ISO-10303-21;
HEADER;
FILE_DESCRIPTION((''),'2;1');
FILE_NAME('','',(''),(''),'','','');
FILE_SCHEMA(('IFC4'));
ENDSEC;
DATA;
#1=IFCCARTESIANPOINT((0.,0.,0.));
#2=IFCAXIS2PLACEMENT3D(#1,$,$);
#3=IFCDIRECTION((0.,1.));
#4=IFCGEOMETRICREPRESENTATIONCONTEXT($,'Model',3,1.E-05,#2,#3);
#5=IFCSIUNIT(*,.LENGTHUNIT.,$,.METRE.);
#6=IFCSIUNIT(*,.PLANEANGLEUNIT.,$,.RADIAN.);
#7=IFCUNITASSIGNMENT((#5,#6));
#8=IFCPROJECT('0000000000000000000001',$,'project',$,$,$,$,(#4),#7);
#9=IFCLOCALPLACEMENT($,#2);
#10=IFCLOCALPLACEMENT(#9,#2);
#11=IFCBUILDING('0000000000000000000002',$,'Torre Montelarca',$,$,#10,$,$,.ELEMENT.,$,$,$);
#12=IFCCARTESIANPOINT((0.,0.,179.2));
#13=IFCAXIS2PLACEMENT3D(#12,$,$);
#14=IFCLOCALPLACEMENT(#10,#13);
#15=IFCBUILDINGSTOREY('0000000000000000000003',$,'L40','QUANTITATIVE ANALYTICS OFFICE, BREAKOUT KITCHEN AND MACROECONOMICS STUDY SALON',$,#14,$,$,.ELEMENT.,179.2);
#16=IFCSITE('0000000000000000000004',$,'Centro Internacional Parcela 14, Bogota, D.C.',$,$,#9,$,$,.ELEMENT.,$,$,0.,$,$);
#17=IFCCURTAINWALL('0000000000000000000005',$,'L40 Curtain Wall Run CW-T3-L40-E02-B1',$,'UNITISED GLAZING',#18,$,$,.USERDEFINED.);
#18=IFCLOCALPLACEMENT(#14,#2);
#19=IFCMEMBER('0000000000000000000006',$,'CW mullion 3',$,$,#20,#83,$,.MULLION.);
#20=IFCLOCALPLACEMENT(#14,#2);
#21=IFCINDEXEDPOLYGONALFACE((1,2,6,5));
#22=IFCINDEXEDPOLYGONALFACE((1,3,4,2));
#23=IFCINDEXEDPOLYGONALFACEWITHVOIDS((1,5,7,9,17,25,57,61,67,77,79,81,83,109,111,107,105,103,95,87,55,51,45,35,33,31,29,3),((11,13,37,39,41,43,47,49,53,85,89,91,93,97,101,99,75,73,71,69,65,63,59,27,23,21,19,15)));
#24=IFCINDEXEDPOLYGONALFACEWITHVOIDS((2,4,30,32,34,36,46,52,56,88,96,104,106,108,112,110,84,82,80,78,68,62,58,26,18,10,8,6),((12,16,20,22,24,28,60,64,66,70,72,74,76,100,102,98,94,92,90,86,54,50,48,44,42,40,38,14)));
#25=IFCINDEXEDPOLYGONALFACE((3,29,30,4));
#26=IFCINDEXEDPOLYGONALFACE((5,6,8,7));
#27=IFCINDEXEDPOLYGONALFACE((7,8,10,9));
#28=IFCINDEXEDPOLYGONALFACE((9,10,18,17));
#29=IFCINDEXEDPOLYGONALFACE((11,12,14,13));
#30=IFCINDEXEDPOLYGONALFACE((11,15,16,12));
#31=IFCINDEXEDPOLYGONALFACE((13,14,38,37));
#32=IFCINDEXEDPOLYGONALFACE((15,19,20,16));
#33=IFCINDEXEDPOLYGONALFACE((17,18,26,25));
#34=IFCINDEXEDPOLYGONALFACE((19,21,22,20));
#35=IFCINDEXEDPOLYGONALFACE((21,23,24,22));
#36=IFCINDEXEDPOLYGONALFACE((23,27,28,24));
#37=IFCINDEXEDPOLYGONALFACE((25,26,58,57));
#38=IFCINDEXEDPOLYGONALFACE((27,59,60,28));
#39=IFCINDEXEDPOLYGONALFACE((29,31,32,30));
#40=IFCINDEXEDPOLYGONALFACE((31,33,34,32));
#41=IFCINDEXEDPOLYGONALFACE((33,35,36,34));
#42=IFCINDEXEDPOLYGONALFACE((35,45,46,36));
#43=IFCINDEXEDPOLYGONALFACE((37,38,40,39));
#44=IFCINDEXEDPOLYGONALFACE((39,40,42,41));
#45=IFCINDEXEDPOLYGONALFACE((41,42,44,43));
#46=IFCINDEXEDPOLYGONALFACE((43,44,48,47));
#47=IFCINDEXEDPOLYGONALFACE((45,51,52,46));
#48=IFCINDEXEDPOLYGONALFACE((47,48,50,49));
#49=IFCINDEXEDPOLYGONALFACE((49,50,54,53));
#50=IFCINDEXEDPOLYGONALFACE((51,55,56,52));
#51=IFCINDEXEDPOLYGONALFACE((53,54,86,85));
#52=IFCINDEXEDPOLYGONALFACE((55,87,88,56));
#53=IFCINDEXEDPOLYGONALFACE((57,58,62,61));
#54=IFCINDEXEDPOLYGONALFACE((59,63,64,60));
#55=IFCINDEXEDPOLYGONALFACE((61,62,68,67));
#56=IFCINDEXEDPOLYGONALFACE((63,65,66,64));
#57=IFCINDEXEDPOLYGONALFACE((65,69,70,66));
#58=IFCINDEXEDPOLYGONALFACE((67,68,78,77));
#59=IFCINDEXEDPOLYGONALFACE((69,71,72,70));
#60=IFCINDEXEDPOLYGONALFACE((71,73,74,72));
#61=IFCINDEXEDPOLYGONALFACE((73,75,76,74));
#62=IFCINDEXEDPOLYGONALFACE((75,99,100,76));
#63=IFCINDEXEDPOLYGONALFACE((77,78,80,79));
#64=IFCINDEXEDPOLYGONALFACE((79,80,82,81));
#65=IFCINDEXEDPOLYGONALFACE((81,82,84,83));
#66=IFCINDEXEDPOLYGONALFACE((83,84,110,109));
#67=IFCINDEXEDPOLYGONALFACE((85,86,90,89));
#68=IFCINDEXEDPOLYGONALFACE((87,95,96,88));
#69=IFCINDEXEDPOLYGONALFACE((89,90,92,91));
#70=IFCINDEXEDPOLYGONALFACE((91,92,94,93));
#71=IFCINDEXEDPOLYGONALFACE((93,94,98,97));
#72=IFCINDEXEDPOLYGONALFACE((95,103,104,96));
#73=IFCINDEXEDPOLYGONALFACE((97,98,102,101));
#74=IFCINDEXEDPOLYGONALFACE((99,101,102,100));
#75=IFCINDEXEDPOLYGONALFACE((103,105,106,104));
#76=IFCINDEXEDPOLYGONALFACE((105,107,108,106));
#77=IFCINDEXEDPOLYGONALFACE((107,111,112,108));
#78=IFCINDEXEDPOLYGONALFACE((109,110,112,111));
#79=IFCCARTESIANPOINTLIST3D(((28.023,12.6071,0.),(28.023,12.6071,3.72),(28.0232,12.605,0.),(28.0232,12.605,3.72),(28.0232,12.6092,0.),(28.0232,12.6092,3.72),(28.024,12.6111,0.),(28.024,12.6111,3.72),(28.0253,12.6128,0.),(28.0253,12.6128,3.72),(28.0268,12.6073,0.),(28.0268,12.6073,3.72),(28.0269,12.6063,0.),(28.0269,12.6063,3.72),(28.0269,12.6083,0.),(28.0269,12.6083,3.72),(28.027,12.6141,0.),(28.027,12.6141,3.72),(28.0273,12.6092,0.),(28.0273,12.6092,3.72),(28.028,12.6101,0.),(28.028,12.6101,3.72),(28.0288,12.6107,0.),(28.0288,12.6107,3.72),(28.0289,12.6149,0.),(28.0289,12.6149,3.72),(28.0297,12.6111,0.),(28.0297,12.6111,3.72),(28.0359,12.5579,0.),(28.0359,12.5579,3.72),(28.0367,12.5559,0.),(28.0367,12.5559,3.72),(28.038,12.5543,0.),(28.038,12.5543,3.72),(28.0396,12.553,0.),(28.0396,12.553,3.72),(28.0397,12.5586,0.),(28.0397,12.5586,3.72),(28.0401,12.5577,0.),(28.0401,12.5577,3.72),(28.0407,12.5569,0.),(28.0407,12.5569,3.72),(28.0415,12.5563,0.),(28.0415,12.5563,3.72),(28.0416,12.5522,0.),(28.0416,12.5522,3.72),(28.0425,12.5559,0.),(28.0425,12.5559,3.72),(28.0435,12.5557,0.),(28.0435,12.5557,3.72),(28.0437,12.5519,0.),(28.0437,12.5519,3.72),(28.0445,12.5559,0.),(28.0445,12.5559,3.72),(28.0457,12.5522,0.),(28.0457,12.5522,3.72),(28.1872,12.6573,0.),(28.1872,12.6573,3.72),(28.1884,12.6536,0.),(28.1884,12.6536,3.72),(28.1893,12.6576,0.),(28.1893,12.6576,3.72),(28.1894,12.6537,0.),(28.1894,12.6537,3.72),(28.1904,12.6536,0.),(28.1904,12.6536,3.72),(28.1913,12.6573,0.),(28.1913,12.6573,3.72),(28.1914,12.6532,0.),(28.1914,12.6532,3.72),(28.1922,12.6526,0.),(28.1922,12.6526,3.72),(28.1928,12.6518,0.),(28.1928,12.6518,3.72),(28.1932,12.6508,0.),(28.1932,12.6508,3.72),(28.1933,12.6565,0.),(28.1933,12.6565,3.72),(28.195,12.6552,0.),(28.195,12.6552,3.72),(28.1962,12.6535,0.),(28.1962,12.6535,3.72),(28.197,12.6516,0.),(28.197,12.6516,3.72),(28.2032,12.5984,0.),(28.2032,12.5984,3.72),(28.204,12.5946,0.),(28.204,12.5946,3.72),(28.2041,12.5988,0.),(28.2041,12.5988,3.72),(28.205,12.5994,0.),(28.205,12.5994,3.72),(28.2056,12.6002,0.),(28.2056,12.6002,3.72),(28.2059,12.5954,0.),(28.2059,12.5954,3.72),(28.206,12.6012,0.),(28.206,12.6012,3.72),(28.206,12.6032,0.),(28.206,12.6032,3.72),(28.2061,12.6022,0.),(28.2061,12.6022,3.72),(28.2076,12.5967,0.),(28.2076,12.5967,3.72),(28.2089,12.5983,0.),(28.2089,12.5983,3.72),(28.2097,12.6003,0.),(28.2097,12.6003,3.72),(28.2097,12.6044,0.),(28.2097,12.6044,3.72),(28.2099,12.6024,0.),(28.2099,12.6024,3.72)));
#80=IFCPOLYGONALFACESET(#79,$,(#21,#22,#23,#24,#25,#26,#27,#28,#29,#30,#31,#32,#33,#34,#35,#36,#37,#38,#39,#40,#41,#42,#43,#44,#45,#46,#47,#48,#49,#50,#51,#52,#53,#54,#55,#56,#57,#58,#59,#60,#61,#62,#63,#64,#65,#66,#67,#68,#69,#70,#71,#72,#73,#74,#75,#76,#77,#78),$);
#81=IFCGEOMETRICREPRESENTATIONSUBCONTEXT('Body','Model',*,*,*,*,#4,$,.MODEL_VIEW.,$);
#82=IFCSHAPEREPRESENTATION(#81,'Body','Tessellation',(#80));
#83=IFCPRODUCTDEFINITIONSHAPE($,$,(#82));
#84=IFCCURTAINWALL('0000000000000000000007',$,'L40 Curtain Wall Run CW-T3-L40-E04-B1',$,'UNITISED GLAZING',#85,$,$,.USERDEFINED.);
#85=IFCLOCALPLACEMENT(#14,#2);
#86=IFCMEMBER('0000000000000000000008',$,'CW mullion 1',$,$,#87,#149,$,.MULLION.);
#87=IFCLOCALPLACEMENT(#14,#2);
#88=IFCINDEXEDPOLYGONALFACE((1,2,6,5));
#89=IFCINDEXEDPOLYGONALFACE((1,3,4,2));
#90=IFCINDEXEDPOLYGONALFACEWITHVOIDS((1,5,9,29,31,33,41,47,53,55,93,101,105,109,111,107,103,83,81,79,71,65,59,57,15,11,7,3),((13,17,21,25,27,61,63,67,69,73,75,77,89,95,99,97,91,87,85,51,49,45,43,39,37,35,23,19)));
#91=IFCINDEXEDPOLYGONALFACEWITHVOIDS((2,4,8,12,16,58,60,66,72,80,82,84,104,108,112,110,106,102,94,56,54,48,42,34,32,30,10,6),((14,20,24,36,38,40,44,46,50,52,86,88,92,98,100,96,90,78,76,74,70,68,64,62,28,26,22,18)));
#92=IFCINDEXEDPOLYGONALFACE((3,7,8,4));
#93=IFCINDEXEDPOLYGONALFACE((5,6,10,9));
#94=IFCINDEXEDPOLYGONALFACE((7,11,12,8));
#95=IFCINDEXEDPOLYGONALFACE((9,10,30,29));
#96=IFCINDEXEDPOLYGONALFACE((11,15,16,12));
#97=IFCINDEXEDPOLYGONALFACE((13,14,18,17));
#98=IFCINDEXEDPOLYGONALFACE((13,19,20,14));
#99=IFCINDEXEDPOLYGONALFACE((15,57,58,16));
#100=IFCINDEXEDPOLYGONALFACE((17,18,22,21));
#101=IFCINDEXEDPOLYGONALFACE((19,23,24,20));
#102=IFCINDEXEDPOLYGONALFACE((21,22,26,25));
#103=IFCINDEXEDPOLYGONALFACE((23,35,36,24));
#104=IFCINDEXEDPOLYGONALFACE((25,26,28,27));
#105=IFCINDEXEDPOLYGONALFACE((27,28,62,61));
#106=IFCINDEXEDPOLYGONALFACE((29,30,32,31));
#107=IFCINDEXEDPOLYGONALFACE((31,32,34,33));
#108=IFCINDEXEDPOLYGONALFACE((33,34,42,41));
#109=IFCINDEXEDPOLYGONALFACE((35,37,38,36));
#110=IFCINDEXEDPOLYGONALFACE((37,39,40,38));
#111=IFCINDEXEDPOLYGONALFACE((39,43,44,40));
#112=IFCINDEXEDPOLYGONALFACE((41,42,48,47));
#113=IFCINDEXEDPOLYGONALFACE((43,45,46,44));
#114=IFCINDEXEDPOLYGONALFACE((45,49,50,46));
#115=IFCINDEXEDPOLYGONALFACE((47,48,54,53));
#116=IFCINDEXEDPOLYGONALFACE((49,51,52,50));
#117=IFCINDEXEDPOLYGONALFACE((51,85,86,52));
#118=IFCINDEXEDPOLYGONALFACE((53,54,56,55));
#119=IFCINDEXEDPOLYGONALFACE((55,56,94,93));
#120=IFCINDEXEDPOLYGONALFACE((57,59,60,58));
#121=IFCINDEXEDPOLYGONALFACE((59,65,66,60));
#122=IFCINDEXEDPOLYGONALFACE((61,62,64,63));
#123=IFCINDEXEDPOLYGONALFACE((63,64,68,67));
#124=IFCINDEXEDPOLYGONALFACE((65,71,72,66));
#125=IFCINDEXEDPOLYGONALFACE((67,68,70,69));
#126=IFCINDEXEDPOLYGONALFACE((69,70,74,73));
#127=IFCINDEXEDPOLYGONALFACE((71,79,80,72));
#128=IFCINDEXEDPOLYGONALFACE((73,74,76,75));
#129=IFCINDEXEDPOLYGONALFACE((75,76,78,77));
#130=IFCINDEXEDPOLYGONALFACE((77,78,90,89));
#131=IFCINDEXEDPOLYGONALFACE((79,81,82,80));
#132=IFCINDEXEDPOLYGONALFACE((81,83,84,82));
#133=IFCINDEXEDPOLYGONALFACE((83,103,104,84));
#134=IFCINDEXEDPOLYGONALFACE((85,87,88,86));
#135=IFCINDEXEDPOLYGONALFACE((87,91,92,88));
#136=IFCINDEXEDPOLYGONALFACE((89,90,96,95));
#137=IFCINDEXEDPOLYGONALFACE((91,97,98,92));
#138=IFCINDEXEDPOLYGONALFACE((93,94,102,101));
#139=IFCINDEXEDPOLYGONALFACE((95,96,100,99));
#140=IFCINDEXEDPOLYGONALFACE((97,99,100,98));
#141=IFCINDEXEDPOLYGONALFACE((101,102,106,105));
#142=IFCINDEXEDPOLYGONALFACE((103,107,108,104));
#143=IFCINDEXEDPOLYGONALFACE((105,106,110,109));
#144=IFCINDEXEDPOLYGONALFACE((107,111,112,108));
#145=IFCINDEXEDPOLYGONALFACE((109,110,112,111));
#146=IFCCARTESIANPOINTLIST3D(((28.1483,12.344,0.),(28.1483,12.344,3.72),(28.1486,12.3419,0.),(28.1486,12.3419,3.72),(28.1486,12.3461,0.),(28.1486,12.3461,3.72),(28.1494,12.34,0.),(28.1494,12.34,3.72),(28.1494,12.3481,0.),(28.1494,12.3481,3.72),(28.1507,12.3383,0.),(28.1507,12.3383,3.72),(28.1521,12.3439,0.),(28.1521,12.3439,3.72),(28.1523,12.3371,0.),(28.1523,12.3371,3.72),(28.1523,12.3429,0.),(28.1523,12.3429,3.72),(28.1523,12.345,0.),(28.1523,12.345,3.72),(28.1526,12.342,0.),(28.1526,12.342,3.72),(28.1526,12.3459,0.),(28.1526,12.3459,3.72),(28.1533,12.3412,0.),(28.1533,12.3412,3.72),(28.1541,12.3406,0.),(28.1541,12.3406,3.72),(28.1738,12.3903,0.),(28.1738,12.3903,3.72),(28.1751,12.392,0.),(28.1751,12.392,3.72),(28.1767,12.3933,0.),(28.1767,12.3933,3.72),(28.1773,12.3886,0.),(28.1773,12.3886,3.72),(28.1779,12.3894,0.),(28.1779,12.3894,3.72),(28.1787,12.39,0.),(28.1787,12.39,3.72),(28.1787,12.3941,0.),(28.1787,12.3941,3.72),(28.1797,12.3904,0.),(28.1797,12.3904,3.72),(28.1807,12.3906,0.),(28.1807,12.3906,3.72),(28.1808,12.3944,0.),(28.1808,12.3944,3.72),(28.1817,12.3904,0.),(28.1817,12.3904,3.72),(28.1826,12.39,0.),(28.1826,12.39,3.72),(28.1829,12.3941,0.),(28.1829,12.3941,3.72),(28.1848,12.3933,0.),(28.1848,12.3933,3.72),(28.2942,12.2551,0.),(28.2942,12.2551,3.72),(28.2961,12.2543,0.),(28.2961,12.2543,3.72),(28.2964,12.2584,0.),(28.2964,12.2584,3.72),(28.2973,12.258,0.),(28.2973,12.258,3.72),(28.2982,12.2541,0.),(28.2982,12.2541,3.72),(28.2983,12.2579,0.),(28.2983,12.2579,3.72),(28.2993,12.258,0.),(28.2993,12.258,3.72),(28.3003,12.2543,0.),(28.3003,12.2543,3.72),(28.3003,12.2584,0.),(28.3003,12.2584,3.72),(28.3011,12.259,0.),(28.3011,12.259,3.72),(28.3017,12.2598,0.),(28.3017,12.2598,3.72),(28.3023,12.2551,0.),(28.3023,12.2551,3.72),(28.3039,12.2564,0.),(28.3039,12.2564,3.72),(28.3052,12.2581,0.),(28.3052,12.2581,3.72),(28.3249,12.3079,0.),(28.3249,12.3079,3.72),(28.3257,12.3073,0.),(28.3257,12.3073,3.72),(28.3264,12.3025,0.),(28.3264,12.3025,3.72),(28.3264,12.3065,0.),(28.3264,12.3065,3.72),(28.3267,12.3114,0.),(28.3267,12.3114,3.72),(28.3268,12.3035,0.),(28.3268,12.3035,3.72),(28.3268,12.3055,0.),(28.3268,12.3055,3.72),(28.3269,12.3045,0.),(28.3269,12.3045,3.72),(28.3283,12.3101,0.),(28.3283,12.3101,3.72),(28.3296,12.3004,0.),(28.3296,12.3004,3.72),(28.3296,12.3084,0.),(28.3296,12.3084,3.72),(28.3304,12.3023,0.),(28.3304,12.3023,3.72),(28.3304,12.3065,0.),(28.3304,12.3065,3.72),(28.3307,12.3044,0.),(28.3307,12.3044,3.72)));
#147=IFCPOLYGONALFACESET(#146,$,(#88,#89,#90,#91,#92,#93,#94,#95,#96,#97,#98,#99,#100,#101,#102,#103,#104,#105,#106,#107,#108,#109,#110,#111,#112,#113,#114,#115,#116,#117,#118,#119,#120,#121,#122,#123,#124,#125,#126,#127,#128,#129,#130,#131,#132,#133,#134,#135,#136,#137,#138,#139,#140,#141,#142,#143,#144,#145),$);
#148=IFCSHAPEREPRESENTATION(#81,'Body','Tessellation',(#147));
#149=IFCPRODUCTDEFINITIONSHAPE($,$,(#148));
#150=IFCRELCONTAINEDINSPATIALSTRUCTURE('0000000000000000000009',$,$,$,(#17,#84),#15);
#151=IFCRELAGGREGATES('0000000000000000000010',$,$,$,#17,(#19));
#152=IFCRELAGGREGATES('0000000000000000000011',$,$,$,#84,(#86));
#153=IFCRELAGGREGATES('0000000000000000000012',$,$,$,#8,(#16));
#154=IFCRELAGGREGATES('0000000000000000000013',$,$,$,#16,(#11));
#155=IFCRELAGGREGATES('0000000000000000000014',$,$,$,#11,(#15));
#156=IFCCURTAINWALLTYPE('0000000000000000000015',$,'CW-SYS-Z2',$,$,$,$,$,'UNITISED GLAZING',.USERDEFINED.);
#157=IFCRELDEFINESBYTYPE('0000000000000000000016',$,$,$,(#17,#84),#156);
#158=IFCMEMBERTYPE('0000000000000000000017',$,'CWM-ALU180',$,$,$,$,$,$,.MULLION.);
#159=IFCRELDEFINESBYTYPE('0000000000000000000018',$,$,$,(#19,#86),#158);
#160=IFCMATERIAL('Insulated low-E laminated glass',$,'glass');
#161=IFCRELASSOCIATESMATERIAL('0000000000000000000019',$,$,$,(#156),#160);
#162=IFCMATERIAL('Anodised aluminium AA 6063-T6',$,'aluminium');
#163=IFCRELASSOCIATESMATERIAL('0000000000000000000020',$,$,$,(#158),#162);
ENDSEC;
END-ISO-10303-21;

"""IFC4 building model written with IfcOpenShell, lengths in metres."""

from ifc_helpers import new_model, si_unit, direction, frame, origin, origin_2d, place, context, subcontext, project, spatial, hollow_rectangle, extrude, source, transform, mapped, material, material_profile, profile_set, type_object, element, aggregate, save


model = new_model("IFC4")

# Units and contexts
model_context = context("Model", 3, precision=1e-05, world=origin(), true_north=direction((0.0, 1.0)))
body_context = subcontext(model_context, "Body", "Model", "MODEL_VIEW")
ifc_project = project(units=[si_unit("LENGTHUNIT", "METRE"), si_unit("PLANEANGLEUNIT", "RADIAN")], contexts=[model_context])

# Site, building, storey
site_placement = place(None, origin())
site = spatial("IfcSite", under=ifc_project, at=site_placement, Name="Centro Internacional Parcela 14, Bogota, D.C.", CompositionType="ELEMENT", RefElevation=0.0)
building_placement = place(site_placement, origin())
building = spatial("IfcBuilding", under=site, at=building_placement, Name="Torre Montelarca", CompositionType="ELEMENT")
storey_placement = place(building_placement, frame((0.0, 0.0, 179.2)))
storey = spatial("IfcBuildingStorey", under=building, at=storey_placement, Name="L40", Description="QUANTITATIVE ANALYTICS OFFICE, BREAKOUT KITCHEN AND MACROECONOMICS STUDY SALON", CompositionType="ELEMENT", Elevation=179.2)

# Curtain wall
ifc_material_1 = material(Name="Insulated low-E laminated glass", Category="glass")
curtain_wall_type = type_object("IfcCurtainWallType", Name="CW-SYS-Z2", ElementType="UNITISED GLAZING", PredefinedType="USERDEFINED", material=ifc_material_1)
curtain_wall_1_placement = place(storey_placement, origin())
curtain_wall_1 = element("IfcCurtainWall", 1, at=curtain_wall_1_placement, inside=storey, type_object=curtain_wall_type, Name="L40 Curtain Wall Run CW-T3-L40-E02-B1", ObjectType="UNITISED GLAZING", PredefinedType="USERDEFINED")
ifc_material_2 = material(Name="Anodised aluminium AA 6063-T6", Category="aluminium")

# Member
ifc_material_profile_1 = material_profile(ifc_material_2, hollow_rectangle(XDim=0.0649, YDim=0.1799, WallThickness=0.0039, InnerFilletRadius=0.0039, OuterFilletRadius=0.0081, at=origin_2d()), Name="ALU65X180X4", Category="aluminium")
ifc_profile_set_1 = profile_set([ifc_material_profile_1], Name="Anodised aluminium AA 6063-T6")
member_type_1 = type_object("IfcMemberType", Name="CWM-ALU180", PredefinedType="MULLION", material=ifc_profile_set_1)
shared_shape_1 = source(origin(), body_context, "Body", "SweptSolid", [
    extrude(hollow_rectangle(XDim=0.0649, YDim=0.1799, WallThickness=0.0039, InnerFilletRadius=0.0039, OuterFilletRadius=0.0081, at=origin_2d()), origin(), (0.0, 0.0, 1.0), 3.72),
])
member_1_placement = place(storey_placement, frame((28.1165, 12.6047, 0.0), z_axis=(0.0, 0.0, 1.0), x_axis=(-0.258826, 0.965924, 0.0)))
member_1 = element("IfcMember", 2, at=member_1_placement, type_object=member_type_1, Name="CW mullion 3", PredefinedType="MULLION", context=body_context, shape_type="MappedRepresentation", body=[
    mapped(shared_shape_1, transform((0.0, 0.0, 0.0), scale=1.0)),
])

# Curtain wall, member
curtain_wall_2_placement = place(storey_placement, origin())
curtain_wall_2 = element("IfcCurtainWall", 3, at=curtain_wall_2_placement, inside=storey, type_object=curtain_wall_type, Name="L40 Curtain Wall Run CW-T3-L40-E04-B1", ObjectType="UNITISED GLAZING", PredefinedType="USERDEFINED")
member_2_placement = place(storey_placement, frame((28.2395, 12.3242, 0.0), z_axis=(0.0, 0.0, 1.0), x_axis=(0.499995, 0.866028, 0.0)))
member_2 = element("IfcMember", 4, at=member_2_placement, type_object=member_type_1, Name="CW mullion 1", PredefinedType="MULLION", context=body_context, shape_type="MappedRepresentation", body=[
    mapped(shared_shape_1, transform((0.0, 0.0, 0.0), scale=1.0)),
])

aggregate(curtain_wall_1, [member_1])
aggregate(curtain_wall_2, [member_2])

save(model, "model.ifc")
